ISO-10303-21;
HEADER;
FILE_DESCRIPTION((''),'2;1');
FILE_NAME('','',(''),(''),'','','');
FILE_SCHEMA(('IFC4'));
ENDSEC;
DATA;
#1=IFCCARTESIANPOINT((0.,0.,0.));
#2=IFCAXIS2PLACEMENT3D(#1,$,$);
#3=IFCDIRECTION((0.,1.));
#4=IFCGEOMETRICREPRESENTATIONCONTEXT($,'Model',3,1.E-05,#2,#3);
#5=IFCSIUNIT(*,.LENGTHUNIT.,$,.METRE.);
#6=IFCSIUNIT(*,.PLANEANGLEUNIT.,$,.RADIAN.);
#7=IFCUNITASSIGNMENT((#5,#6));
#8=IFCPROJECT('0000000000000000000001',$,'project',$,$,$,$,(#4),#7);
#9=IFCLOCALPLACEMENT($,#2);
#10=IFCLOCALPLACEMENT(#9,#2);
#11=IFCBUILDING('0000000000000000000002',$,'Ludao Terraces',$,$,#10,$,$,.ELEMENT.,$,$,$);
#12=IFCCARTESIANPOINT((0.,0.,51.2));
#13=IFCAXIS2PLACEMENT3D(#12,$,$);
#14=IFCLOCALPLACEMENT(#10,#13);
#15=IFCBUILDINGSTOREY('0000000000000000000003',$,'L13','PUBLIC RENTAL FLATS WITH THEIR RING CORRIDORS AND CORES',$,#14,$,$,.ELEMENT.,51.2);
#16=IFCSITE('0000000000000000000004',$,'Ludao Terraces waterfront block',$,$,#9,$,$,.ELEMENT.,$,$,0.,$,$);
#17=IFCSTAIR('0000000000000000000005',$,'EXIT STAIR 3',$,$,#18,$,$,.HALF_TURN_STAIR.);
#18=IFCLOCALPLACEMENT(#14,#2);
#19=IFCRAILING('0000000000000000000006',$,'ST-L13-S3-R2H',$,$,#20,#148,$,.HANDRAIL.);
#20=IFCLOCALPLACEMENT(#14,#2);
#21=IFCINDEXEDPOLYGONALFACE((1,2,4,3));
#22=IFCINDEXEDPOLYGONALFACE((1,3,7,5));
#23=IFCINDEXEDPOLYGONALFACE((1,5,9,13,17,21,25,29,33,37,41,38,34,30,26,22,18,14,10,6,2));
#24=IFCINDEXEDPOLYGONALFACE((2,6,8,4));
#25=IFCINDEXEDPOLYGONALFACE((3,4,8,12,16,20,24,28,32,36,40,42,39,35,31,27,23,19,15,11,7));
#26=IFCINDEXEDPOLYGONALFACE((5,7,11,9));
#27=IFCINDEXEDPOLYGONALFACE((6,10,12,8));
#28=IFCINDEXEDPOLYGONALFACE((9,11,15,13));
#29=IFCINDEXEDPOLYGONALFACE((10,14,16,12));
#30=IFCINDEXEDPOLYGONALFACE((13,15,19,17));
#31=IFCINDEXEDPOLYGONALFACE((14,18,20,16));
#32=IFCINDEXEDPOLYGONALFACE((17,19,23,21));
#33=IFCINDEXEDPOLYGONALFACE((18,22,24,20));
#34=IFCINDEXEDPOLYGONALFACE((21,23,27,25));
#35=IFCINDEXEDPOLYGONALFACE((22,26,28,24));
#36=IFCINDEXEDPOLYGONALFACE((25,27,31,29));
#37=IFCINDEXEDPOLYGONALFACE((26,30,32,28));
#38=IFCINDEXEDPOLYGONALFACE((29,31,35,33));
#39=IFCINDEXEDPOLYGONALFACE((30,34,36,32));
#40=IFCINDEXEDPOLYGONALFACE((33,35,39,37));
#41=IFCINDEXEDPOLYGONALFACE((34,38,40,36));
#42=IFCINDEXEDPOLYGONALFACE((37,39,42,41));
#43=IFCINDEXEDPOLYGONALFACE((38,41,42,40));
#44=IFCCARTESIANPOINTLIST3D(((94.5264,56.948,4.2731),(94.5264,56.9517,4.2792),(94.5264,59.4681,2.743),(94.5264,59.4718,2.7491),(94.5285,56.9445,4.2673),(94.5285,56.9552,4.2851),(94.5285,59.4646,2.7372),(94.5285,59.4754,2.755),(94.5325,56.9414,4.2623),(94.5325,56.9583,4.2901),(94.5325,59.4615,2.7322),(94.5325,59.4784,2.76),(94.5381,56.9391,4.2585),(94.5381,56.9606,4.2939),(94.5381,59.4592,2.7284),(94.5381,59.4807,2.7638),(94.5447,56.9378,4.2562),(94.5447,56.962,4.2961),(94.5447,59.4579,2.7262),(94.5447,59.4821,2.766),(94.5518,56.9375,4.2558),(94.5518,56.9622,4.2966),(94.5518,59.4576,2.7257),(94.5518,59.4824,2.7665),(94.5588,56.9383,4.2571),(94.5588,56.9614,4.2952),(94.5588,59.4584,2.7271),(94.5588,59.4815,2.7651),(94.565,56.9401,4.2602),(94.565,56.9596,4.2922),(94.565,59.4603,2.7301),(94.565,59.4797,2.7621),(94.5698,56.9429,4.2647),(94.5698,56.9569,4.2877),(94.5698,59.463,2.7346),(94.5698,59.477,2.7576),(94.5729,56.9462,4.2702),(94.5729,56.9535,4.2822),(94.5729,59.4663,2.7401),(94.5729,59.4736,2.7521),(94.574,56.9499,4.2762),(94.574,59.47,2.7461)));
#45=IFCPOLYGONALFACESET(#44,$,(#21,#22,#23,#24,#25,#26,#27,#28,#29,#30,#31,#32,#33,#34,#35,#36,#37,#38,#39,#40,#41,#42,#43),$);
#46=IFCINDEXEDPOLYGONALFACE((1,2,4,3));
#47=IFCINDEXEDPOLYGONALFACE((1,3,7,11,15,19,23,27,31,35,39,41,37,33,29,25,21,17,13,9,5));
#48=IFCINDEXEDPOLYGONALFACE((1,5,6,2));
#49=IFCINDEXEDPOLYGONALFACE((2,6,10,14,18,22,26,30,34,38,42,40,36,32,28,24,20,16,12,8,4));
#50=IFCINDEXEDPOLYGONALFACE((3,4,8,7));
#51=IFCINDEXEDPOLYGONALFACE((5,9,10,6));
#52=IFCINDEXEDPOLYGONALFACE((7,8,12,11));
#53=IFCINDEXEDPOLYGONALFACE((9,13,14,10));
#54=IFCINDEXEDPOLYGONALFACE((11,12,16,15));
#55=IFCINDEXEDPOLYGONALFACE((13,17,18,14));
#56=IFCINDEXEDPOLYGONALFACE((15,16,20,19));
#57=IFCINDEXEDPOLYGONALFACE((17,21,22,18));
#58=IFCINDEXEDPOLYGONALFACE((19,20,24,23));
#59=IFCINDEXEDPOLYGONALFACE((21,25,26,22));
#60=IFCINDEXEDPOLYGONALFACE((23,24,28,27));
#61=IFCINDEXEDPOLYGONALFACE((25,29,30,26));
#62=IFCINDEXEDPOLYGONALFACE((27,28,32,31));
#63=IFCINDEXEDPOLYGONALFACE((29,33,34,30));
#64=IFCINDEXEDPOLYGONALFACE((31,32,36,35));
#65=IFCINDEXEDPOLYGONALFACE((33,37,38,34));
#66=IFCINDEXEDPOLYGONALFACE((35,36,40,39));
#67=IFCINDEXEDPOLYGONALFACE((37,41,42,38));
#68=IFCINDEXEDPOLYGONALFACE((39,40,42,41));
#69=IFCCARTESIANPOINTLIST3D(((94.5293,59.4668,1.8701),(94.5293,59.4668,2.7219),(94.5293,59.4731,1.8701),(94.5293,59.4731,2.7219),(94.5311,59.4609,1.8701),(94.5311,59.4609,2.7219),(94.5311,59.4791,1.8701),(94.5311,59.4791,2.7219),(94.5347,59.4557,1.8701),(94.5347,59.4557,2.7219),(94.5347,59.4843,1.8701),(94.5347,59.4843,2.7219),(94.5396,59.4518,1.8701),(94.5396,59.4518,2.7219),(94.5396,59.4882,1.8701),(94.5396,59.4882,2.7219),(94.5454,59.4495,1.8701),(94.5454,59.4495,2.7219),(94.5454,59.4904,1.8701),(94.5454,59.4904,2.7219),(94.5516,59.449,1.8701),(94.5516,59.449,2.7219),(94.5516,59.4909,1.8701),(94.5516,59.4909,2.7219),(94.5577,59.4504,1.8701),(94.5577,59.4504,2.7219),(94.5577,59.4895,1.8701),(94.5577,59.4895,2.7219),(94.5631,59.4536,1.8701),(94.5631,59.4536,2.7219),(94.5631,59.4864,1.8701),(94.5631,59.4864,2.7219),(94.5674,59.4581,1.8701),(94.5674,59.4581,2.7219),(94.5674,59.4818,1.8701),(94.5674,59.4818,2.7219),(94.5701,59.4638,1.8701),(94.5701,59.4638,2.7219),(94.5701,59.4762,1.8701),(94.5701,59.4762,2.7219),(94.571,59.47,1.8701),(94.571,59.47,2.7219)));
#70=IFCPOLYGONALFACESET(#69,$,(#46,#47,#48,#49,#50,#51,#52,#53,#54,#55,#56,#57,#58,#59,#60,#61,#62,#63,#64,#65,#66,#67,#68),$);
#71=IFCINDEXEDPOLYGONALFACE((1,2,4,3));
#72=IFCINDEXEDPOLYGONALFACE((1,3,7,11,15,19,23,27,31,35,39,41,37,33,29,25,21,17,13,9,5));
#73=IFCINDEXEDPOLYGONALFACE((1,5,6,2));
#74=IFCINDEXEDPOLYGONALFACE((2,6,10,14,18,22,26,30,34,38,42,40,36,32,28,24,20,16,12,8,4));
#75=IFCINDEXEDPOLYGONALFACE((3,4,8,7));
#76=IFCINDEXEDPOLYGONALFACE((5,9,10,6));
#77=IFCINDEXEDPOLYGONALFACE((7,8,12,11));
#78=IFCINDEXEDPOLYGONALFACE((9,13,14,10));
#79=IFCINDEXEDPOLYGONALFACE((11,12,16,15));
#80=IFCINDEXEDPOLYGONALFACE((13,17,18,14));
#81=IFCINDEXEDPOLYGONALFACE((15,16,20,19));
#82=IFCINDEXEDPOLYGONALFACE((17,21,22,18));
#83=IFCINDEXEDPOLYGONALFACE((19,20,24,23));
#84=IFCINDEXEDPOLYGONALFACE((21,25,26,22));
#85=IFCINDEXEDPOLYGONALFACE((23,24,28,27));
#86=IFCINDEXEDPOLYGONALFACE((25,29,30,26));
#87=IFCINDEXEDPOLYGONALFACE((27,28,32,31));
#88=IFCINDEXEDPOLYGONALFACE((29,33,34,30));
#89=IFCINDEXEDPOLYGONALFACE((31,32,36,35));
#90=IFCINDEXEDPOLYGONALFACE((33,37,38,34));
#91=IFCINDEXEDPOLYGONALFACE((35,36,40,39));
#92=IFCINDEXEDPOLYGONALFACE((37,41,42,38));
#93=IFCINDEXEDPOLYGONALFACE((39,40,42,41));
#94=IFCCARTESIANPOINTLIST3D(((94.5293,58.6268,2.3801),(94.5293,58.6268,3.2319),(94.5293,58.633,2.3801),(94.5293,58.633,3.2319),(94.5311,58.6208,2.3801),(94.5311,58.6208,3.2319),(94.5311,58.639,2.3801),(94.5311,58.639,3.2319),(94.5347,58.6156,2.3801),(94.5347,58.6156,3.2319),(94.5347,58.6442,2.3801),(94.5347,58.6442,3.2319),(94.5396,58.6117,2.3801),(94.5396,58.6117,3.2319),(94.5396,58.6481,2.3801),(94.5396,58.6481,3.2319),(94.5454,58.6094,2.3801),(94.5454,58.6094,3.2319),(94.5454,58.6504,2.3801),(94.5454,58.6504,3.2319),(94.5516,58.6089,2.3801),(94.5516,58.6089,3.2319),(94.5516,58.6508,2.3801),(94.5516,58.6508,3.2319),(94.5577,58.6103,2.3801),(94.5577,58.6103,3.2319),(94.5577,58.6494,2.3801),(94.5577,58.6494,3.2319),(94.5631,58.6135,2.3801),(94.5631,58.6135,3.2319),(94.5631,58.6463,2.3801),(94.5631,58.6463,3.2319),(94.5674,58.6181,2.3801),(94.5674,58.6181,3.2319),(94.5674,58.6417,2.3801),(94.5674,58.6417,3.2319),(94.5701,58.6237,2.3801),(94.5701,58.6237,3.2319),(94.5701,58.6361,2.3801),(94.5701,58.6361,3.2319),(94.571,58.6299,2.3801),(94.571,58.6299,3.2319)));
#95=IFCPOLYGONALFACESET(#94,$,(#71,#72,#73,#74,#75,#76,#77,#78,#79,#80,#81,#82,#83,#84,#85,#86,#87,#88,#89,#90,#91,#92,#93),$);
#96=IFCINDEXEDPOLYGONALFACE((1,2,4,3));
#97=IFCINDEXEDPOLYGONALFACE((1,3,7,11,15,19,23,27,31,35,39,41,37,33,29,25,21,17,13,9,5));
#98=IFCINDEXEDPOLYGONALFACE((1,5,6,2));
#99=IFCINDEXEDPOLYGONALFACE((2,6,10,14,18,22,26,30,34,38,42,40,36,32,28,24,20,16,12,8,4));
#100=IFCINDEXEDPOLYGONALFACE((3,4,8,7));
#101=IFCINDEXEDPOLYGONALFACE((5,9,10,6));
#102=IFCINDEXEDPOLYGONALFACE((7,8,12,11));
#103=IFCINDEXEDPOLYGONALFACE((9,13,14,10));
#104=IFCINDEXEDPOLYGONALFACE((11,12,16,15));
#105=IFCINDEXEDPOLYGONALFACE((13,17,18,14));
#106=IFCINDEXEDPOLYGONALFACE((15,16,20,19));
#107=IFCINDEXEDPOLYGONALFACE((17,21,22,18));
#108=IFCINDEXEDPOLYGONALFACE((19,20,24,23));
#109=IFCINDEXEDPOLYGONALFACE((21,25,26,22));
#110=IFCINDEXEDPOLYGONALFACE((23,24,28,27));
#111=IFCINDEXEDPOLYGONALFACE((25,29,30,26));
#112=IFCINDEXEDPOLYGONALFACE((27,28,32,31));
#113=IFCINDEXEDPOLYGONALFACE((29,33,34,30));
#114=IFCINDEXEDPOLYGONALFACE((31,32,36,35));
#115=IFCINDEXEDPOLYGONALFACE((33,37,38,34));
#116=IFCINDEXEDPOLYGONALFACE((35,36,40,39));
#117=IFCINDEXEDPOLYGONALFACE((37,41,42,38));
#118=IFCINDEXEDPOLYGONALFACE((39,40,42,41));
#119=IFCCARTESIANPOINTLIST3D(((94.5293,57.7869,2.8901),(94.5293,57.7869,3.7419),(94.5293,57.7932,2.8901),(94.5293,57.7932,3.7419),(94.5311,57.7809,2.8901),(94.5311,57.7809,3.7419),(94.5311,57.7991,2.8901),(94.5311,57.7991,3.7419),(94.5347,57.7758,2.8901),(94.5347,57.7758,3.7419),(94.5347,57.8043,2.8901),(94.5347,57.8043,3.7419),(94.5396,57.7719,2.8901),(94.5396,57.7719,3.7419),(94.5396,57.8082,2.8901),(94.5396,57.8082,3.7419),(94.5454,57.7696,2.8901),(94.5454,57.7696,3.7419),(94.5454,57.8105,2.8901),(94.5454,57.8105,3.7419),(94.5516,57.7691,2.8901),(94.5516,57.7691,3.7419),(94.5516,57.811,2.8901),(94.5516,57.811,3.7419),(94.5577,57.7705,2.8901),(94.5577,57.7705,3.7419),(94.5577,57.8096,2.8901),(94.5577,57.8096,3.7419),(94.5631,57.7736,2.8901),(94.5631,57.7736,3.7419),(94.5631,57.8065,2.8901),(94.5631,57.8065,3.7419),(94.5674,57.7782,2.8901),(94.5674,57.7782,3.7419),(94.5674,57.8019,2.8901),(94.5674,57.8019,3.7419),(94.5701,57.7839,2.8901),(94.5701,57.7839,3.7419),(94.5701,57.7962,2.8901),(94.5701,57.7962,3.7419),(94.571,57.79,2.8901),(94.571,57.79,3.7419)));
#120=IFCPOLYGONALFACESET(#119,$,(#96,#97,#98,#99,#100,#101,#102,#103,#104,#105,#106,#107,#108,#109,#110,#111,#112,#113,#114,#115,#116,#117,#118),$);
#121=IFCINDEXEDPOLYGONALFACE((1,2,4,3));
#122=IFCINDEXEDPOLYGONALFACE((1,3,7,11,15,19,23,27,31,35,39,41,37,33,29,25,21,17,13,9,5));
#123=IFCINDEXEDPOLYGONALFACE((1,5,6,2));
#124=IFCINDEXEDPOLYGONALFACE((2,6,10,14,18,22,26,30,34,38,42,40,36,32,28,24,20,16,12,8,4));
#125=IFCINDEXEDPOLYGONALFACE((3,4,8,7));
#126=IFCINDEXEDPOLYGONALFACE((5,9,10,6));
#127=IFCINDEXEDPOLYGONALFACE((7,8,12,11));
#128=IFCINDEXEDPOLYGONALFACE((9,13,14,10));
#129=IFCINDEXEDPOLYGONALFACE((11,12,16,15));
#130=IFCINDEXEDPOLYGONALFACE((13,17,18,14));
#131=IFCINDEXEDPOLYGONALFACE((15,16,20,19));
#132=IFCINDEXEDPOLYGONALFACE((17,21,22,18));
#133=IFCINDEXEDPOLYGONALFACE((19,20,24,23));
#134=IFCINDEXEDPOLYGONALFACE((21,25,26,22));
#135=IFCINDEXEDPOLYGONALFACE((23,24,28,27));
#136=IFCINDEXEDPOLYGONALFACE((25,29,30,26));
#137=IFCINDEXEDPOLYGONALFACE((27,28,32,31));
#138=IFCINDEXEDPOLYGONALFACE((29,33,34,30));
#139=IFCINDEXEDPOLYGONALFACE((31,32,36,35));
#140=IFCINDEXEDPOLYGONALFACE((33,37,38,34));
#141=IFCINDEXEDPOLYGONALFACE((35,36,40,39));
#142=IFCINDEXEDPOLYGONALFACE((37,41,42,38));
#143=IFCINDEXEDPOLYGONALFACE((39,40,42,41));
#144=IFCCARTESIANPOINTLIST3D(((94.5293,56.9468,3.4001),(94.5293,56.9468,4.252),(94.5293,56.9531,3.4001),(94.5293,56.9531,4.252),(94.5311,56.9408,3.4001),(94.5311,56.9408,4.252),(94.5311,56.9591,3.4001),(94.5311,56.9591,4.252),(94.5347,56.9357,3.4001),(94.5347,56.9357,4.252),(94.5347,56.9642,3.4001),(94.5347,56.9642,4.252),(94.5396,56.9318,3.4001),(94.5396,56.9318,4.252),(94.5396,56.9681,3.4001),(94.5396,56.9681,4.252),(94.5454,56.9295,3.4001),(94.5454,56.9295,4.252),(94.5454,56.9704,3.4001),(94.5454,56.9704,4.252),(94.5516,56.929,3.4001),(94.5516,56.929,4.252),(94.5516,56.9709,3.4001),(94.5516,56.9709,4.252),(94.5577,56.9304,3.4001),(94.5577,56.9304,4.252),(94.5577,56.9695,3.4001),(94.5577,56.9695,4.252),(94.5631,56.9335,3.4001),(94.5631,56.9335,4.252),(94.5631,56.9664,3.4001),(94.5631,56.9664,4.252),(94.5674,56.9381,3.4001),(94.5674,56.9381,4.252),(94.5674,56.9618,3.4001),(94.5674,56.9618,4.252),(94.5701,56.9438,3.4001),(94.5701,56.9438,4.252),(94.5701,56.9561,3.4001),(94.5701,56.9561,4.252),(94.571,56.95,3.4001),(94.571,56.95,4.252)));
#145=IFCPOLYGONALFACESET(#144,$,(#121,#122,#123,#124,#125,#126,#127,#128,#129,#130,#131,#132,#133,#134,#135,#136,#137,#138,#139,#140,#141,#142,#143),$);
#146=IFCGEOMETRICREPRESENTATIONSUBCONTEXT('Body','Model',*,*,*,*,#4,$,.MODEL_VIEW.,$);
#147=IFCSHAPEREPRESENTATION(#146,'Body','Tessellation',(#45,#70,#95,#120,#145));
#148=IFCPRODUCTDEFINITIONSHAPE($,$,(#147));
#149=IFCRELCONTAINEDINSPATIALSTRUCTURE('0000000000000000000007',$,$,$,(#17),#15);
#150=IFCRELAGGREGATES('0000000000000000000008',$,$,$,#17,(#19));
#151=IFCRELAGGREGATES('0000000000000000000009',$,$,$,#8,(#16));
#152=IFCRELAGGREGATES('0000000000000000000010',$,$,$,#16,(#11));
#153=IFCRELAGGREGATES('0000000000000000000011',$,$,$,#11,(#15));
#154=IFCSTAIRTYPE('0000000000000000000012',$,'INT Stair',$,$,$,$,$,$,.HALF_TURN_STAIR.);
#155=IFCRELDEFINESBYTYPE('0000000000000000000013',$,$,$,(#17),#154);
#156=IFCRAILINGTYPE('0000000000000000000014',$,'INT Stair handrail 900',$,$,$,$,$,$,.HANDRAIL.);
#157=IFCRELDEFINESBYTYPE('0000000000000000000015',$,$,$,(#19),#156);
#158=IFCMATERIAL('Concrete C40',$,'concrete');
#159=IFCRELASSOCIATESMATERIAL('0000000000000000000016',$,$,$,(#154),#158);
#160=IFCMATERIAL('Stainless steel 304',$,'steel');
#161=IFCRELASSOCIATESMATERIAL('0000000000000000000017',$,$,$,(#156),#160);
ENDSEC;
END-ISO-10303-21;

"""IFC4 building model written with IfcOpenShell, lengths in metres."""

from ifc_helpers import new_model, si_unit, direction, frame, origin, origin_2d, place, context, subcontext, project, spatial, circle, extrude, material, type_object, element, aggregate, save


model = new_model("IFC4")

# Units and contexts
model_context = context("Model", 3, precision=1e-05, world=origin(), true_north=direction((0.0, 1.0)))
body_context = subcontext(model_context, "Body", "Model", "MODEL_VIEW")
ifc_project = project(units=[si_unit("LENGTHUNIT", "METRE"), si_unit("PLANEANGLEUNIT", "RADIAN")], contexts=[model_context])

# Site, building, storey
site_placement = place(None, origin())
site = spatial("IfcSite", under=ifc_project, at=site_placement, Name="Ludao Terraces waterfront block", CompositionType="ELEMENT", RefElevation=0.0)
building_placement = place(site_placement, origin())
building = spatial("IfcBuilding", under=site, at=building_placement, Name="Ludao Terraces", CompositionType="ELEMENT")
storey_placement = place(building_placement, frame((0.0, 0.0, 51.2)))
storey = spatial("IfcBuildingStorey", under=building, at=storey_placement, Name="L13", Description="PUBLIC RENTAL FLATS WITH THEIR RING CORRIDORS AND CORES", CompositionType="ELEMENT", Elevation=51.2)

# Shared definitions
ifc_material_1 = material(Name="Stainless steel 304", Category="steel")

# Stair, railing
ifc_material_2 = material(Name="Concrete C40", Category="concrete")
stair_type = type_object("IfcStairType", Name="INT Stair", PredefinedType="HALF_TURN_STAIR", material=ifc_material_2)
stair_placement = place(storey_placement, origin())
stair = element("IfcStair", 1, at=stair_placement, inside=storey, type_object=stair_type, Name="EXIT STAIR 3", PredefinedType="HALF_TURN_STAIR")
railing_type_1 = type_object("IfcRailingType", Name="INT Stair handrail 900", PredefinedType="HANDRAIL", material=ifc_material_1)
railing_1_placement = place(storey_placement, frame((94.55, 59.47, 1.8701)))
railing_1 = element("IfcRailing", 2, at=railing_1_placement, type_object=railing_type_1, Name="ST-L13-S3-R2H", PredefinedType="HANDRAIL", context=body_context, shape_type="SweptSolid", body=[
    extrude(circle(Radius=0.0239, at=origin_2d()), frame((0.0, 0.0, 0.876), z_axis=(0.0, -0.854785, 0.518982), x_axis=(1.0, 0.0, 0.0)), (0.0, 0.0, 1.0), 2.9482),
    extrude(circle(Radius=0.021, at=origin_2d()), origin(), (0.0, 0.0, 1.0), 0.8518),
    extrude(circle(Radius=0.021, at=origin_2d()), frame((0.0, -0.8401, 0.51)), (0.0, 0.0, 1.0), 0.8518),
    extrude(circle(Radius=0.021, at=origin_2d()), frame((0.0, -1.6799, 1.02)), (0.0, 0.0, 1.0), 0.8518),
    extrude(circle(Radius=0.021, at=origin_2d()), frame((0.0, -2.52, 1.53)), (0.0, 0.0, 1.0), 0.8518),
])
aggregate(stair, [railing_1])

save(model, "model.ifc")
